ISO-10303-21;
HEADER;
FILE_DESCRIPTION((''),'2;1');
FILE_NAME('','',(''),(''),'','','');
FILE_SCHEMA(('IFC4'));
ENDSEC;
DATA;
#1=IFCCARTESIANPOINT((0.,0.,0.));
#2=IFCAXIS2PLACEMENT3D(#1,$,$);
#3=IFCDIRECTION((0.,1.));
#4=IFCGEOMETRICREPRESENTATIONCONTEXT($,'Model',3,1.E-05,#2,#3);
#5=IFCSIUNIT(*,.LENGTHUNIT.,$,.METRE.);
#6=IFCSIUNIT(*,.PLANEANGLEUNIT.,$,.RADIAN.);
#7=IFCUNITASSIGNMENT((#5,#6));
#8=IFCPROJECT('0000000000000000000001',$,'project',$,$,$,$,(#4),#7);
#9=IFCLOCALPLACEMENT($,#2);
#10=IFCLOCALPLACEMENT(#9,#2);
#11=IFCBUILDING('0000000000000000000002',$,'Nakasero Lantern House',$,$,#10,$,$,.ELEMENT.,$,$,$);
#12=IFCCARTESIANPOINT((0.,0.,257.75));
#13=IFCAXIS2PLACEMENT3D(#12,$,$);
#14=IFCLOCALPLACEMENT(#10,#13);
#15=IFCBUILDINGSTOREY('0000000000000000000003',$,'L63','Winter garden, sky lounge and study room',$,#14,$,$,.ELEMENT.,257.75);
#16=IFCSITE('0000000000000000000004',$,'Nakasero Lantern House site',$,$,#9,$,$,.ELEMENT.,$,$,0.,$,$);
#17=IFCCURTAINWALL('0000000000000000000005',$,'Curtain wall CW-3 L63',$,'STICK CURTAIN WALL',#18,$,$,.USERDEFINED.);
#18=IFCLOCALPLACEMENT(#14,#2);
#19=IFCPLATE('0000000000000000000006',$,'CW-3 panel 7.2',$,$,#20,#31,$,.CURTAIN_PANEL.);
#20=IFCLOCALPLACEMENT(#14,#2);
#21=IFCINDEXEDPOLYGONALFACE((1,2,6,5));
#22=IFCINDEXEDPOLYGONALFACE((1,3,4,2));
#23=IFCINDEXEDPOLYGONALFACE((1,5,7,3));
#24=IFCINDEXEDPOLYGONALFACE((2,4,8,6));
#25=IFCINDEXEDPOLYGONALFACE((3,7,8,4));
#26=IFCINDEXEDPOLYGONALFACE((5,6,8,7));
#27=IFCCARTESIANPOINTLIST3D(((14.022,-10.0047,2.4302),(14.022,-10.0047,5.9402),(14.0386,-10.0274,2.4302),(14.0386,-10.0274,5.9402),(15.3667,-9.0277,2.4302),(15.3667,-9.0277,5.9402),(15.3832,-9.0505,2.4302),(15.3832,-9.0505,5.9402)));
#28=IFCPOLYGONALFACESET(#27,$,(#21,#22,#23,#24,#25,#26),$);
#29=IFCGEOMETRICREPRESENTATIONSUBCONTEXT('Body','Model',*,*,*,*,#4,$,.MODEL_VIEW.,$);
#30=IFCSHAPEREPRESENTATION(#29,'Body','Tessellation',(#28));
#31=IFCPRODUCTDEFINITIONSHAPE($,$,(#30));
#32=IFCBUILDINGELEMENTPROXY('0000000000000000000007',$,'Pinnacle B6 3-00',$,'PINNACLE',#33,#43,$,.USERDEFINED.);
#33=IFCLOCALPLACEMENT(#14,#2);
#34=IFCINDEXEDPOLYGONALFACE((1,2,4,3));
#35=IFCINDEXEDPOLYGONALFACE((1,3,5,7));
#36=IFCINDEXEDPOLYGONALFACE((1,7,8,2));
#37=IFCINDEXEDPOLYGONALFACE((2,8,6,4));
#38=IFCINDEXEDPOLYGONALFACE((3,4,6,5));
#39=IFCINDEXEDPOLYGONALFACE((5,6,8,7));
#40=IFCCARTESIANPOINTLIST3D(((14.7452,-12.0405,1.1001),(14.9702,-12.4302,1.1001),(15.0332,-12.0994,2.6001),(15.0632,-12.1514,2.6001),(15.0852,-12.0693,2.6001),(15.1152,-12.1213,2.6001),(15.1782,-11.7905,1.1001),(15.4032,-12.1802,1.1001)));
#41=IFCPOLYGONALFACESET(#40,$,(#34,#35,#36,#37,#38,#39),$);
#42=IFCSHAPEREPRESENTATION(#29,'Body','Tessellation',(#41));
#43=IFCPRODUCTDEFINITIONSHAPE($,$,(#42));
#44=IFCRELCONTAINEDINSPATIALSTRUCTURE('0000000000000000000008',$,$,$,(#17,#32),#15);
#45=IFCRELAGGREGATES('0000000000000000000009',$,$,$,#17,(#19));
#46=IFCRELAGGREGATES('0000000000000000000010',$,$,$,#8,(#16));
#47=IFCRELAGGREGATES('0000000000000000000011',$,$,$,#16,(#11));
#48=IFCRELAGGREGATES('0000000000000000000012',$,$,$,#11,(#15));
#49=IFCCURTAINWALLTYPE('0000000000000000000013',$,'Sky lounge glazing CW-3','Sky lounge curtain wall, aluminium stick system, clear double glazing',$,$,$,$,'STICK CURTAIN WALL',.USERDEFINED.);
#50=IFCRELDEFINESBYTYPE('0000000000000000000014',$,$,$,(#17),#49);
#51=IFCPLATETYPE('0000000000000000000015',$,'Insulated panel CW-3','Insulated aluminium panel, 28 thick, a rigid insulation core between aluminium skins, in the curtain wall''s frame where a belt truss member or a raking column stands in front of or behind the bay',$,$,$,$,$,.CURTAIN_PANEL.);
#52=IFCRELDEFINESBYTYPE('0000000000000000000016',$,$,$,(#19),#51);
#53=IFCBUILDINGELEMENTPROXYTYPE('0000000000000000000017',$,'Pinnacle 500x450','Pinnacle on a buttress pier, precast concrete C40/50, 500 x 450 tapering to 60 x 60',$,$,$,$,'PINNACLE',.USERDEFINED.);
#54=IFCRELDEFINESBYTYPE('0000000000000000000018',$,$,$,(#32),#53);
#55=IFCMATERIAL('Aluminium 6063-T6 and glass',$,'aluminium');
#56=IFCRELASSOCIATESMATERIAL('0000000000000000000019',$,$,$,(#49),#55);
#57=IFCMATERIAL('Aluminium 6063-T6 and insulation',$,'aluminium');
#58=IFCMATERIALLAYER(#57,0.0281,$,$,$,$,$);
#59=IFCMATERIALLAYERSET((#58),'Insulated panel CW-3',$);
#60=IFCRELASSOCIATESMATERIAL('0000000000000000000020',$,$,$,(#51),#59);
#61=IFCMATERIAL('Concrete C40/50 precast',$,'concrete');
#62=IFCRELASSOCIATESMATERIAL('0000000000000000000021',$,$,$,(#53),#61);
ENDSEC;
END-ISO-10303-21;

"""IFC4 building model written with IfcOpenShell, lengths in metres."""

from ifc_helpers import new_model, entity, si_unit, direction, frame, origin, origin_2d, place, context, subcontext, project, spatial, rectangle, extrude, material, layer, layer_set, type_object, element, aggregate, save


model = new_model("IFC4")

# Units and contexts
model_context = context("Model", 3, precision=1e-05, world=origin(), true_north=direction((0.0, 1.0)))
body_context = subcontext(model_context, "Body", "Model", "MODEL_VIEW")
ifc_project = project(units=[si_unit("LENGTHUNIT", "METRE"), si_unit("PLANEANGLEUNIT", "RADIAN")], contexts=[model_context])

# Site, building, storey
site_placement = place(None, origin())
site = spatial("IfcSite", under=ifc_project, at=site_placement, Name="Nakasero Lantern House site", CompositionType="ELEMENT", RefElevation=0.0)
building_placement = place(site_placement, origin())
building = spatial("IfcBuilding", under=site, at=building_placement, Name="Nakasero Lantern House", CompositionType="ELEMENT")
storey_placement = place(building_placement, frame((0.0, 0.0, 257.75)))
storey = spatial("IfcBuildingStorey", under=building, at=storey_placement, Name="L63", Description="Winter garden, sky lounge and study room", CompositionType="ELEMENT", Elevation=257.75)

# Curtain wall
ifc_material_1 = material(Name="Aluminium 6063-T6 and glass", Category="aluminium")
curtain_wall_type = type_object("IfcCurtainWallType", Name="Sky lounge glazing CW-3", Description="Sky lounge curtain wall, aluminium stick system, clear double glazing", ElementType="STICK CURTAIN WALL", PredefinedType="USERDEFINED", material=ifc_material_1)
curtain_wall_placement = place(storey_placement, origin())
curtain_wall = element("IfcCurtainWall", 1, at=curtain_wall_placement, inside=storey, type_object=curtain_wall_type, Name="Curtain wall CW-3 L63", ObjectType="STICK CURTAIN WALL", PredefinedType="USERDEFINED")

# Plate
ifc_material_2 = material(Name="Aluminium 6063-T6 and insulation", Category="aluminium")
ifc_layer = layer(ifc_material_2, 0.0281)
ifc_layer_set = layer_set([ifc_layer], Name="Insulated panel CW-3")
plate_type = type_object("IfcPlateType", Name="Insulated panel CW-3", Description="Insulated aluminium panel, 28 thick, a rigid insulation core between aluminium skins, in the curtain wall's frame where a belt truss member or a raking column stands in front of or behind the bay", PredefinedType="CURTAIN_PANEL", material=ifc_layer_set)
plate_1_placement = place(storey_placement, frame((14.7026, -9.5276, 2.4302), z_axis=(0.0, 0.0, 1.0), x_axis=(0.809017, 0.587785, 0.0)))
plate_1 = element("IfcPlate", 2, at=plate_1_placement, type_object=plate_type, Name="CW-3 panel 7.2", PredefinedType="CURTAIN_PANEL", context=body_context, shape_type="SweptSolid", body=[
    extrude(rectangle(XDim=1.6621, YDim=0.0281, at=origin_2d()), origin(), (0.0, 0.0, 1.0), 3.51),
])
aggregate(curtain_wall, [plate_1])

# Building element proxy
ifc_material_3 = material(Name="Concrete C40/50 precast", Category="concrete")
building_element_proxy_type = type_object("IfcBuildingElementProxyType", Name="Pinnacle 500x450", Description="Pinnacle on a buttress pier, precast concrete C40/50, 500 x 450 tapering to 60 x 60", ElementType="PINNACLE", PredefinedType="USERDEFINED", material=ifc_material_3)
proxy_placement = place(storey_placement, frame((15.0742, -12.1104, 1.1001), z_axis=(0.0, 0.0, 1.0), x_axis=(0.5, -0.866025, 0.0)))
element("IfcBuildingElementProxy", 3, at=proxy_placement, inside=storey, type_object=building_element_proxy_type, Name="Pinnacle B6 3-00", ObjectType="PINNACLE", PredefinedType="USERDEFINED", context=body_context, shape_type="SweptSolid", body=[
    entity("IfcExtrudedAreaSolidTapered", entity("IfcRectangleProfileDef", "AREA", None, entity("IfcAxis2Placement2D", entity("IfcCartesianPoint", [0.0, 0.0])), 0.45, 0.5), entity("IfcAxis2Placement3D", entity("IfcCartesianPoint", [0.0, 0.0, 0.0])), entity("IfcDirection", [0.0, 0.0, 1.0]), 1.5, entity("IfcRectangleProfileDef", "AREA", None, entity("IfcAxis2Placement2D", entity("IfcCartesianPoint", [0.0, 0.0])), 0.0601, 0.0601)),
])

save(model, "model.ifc")
